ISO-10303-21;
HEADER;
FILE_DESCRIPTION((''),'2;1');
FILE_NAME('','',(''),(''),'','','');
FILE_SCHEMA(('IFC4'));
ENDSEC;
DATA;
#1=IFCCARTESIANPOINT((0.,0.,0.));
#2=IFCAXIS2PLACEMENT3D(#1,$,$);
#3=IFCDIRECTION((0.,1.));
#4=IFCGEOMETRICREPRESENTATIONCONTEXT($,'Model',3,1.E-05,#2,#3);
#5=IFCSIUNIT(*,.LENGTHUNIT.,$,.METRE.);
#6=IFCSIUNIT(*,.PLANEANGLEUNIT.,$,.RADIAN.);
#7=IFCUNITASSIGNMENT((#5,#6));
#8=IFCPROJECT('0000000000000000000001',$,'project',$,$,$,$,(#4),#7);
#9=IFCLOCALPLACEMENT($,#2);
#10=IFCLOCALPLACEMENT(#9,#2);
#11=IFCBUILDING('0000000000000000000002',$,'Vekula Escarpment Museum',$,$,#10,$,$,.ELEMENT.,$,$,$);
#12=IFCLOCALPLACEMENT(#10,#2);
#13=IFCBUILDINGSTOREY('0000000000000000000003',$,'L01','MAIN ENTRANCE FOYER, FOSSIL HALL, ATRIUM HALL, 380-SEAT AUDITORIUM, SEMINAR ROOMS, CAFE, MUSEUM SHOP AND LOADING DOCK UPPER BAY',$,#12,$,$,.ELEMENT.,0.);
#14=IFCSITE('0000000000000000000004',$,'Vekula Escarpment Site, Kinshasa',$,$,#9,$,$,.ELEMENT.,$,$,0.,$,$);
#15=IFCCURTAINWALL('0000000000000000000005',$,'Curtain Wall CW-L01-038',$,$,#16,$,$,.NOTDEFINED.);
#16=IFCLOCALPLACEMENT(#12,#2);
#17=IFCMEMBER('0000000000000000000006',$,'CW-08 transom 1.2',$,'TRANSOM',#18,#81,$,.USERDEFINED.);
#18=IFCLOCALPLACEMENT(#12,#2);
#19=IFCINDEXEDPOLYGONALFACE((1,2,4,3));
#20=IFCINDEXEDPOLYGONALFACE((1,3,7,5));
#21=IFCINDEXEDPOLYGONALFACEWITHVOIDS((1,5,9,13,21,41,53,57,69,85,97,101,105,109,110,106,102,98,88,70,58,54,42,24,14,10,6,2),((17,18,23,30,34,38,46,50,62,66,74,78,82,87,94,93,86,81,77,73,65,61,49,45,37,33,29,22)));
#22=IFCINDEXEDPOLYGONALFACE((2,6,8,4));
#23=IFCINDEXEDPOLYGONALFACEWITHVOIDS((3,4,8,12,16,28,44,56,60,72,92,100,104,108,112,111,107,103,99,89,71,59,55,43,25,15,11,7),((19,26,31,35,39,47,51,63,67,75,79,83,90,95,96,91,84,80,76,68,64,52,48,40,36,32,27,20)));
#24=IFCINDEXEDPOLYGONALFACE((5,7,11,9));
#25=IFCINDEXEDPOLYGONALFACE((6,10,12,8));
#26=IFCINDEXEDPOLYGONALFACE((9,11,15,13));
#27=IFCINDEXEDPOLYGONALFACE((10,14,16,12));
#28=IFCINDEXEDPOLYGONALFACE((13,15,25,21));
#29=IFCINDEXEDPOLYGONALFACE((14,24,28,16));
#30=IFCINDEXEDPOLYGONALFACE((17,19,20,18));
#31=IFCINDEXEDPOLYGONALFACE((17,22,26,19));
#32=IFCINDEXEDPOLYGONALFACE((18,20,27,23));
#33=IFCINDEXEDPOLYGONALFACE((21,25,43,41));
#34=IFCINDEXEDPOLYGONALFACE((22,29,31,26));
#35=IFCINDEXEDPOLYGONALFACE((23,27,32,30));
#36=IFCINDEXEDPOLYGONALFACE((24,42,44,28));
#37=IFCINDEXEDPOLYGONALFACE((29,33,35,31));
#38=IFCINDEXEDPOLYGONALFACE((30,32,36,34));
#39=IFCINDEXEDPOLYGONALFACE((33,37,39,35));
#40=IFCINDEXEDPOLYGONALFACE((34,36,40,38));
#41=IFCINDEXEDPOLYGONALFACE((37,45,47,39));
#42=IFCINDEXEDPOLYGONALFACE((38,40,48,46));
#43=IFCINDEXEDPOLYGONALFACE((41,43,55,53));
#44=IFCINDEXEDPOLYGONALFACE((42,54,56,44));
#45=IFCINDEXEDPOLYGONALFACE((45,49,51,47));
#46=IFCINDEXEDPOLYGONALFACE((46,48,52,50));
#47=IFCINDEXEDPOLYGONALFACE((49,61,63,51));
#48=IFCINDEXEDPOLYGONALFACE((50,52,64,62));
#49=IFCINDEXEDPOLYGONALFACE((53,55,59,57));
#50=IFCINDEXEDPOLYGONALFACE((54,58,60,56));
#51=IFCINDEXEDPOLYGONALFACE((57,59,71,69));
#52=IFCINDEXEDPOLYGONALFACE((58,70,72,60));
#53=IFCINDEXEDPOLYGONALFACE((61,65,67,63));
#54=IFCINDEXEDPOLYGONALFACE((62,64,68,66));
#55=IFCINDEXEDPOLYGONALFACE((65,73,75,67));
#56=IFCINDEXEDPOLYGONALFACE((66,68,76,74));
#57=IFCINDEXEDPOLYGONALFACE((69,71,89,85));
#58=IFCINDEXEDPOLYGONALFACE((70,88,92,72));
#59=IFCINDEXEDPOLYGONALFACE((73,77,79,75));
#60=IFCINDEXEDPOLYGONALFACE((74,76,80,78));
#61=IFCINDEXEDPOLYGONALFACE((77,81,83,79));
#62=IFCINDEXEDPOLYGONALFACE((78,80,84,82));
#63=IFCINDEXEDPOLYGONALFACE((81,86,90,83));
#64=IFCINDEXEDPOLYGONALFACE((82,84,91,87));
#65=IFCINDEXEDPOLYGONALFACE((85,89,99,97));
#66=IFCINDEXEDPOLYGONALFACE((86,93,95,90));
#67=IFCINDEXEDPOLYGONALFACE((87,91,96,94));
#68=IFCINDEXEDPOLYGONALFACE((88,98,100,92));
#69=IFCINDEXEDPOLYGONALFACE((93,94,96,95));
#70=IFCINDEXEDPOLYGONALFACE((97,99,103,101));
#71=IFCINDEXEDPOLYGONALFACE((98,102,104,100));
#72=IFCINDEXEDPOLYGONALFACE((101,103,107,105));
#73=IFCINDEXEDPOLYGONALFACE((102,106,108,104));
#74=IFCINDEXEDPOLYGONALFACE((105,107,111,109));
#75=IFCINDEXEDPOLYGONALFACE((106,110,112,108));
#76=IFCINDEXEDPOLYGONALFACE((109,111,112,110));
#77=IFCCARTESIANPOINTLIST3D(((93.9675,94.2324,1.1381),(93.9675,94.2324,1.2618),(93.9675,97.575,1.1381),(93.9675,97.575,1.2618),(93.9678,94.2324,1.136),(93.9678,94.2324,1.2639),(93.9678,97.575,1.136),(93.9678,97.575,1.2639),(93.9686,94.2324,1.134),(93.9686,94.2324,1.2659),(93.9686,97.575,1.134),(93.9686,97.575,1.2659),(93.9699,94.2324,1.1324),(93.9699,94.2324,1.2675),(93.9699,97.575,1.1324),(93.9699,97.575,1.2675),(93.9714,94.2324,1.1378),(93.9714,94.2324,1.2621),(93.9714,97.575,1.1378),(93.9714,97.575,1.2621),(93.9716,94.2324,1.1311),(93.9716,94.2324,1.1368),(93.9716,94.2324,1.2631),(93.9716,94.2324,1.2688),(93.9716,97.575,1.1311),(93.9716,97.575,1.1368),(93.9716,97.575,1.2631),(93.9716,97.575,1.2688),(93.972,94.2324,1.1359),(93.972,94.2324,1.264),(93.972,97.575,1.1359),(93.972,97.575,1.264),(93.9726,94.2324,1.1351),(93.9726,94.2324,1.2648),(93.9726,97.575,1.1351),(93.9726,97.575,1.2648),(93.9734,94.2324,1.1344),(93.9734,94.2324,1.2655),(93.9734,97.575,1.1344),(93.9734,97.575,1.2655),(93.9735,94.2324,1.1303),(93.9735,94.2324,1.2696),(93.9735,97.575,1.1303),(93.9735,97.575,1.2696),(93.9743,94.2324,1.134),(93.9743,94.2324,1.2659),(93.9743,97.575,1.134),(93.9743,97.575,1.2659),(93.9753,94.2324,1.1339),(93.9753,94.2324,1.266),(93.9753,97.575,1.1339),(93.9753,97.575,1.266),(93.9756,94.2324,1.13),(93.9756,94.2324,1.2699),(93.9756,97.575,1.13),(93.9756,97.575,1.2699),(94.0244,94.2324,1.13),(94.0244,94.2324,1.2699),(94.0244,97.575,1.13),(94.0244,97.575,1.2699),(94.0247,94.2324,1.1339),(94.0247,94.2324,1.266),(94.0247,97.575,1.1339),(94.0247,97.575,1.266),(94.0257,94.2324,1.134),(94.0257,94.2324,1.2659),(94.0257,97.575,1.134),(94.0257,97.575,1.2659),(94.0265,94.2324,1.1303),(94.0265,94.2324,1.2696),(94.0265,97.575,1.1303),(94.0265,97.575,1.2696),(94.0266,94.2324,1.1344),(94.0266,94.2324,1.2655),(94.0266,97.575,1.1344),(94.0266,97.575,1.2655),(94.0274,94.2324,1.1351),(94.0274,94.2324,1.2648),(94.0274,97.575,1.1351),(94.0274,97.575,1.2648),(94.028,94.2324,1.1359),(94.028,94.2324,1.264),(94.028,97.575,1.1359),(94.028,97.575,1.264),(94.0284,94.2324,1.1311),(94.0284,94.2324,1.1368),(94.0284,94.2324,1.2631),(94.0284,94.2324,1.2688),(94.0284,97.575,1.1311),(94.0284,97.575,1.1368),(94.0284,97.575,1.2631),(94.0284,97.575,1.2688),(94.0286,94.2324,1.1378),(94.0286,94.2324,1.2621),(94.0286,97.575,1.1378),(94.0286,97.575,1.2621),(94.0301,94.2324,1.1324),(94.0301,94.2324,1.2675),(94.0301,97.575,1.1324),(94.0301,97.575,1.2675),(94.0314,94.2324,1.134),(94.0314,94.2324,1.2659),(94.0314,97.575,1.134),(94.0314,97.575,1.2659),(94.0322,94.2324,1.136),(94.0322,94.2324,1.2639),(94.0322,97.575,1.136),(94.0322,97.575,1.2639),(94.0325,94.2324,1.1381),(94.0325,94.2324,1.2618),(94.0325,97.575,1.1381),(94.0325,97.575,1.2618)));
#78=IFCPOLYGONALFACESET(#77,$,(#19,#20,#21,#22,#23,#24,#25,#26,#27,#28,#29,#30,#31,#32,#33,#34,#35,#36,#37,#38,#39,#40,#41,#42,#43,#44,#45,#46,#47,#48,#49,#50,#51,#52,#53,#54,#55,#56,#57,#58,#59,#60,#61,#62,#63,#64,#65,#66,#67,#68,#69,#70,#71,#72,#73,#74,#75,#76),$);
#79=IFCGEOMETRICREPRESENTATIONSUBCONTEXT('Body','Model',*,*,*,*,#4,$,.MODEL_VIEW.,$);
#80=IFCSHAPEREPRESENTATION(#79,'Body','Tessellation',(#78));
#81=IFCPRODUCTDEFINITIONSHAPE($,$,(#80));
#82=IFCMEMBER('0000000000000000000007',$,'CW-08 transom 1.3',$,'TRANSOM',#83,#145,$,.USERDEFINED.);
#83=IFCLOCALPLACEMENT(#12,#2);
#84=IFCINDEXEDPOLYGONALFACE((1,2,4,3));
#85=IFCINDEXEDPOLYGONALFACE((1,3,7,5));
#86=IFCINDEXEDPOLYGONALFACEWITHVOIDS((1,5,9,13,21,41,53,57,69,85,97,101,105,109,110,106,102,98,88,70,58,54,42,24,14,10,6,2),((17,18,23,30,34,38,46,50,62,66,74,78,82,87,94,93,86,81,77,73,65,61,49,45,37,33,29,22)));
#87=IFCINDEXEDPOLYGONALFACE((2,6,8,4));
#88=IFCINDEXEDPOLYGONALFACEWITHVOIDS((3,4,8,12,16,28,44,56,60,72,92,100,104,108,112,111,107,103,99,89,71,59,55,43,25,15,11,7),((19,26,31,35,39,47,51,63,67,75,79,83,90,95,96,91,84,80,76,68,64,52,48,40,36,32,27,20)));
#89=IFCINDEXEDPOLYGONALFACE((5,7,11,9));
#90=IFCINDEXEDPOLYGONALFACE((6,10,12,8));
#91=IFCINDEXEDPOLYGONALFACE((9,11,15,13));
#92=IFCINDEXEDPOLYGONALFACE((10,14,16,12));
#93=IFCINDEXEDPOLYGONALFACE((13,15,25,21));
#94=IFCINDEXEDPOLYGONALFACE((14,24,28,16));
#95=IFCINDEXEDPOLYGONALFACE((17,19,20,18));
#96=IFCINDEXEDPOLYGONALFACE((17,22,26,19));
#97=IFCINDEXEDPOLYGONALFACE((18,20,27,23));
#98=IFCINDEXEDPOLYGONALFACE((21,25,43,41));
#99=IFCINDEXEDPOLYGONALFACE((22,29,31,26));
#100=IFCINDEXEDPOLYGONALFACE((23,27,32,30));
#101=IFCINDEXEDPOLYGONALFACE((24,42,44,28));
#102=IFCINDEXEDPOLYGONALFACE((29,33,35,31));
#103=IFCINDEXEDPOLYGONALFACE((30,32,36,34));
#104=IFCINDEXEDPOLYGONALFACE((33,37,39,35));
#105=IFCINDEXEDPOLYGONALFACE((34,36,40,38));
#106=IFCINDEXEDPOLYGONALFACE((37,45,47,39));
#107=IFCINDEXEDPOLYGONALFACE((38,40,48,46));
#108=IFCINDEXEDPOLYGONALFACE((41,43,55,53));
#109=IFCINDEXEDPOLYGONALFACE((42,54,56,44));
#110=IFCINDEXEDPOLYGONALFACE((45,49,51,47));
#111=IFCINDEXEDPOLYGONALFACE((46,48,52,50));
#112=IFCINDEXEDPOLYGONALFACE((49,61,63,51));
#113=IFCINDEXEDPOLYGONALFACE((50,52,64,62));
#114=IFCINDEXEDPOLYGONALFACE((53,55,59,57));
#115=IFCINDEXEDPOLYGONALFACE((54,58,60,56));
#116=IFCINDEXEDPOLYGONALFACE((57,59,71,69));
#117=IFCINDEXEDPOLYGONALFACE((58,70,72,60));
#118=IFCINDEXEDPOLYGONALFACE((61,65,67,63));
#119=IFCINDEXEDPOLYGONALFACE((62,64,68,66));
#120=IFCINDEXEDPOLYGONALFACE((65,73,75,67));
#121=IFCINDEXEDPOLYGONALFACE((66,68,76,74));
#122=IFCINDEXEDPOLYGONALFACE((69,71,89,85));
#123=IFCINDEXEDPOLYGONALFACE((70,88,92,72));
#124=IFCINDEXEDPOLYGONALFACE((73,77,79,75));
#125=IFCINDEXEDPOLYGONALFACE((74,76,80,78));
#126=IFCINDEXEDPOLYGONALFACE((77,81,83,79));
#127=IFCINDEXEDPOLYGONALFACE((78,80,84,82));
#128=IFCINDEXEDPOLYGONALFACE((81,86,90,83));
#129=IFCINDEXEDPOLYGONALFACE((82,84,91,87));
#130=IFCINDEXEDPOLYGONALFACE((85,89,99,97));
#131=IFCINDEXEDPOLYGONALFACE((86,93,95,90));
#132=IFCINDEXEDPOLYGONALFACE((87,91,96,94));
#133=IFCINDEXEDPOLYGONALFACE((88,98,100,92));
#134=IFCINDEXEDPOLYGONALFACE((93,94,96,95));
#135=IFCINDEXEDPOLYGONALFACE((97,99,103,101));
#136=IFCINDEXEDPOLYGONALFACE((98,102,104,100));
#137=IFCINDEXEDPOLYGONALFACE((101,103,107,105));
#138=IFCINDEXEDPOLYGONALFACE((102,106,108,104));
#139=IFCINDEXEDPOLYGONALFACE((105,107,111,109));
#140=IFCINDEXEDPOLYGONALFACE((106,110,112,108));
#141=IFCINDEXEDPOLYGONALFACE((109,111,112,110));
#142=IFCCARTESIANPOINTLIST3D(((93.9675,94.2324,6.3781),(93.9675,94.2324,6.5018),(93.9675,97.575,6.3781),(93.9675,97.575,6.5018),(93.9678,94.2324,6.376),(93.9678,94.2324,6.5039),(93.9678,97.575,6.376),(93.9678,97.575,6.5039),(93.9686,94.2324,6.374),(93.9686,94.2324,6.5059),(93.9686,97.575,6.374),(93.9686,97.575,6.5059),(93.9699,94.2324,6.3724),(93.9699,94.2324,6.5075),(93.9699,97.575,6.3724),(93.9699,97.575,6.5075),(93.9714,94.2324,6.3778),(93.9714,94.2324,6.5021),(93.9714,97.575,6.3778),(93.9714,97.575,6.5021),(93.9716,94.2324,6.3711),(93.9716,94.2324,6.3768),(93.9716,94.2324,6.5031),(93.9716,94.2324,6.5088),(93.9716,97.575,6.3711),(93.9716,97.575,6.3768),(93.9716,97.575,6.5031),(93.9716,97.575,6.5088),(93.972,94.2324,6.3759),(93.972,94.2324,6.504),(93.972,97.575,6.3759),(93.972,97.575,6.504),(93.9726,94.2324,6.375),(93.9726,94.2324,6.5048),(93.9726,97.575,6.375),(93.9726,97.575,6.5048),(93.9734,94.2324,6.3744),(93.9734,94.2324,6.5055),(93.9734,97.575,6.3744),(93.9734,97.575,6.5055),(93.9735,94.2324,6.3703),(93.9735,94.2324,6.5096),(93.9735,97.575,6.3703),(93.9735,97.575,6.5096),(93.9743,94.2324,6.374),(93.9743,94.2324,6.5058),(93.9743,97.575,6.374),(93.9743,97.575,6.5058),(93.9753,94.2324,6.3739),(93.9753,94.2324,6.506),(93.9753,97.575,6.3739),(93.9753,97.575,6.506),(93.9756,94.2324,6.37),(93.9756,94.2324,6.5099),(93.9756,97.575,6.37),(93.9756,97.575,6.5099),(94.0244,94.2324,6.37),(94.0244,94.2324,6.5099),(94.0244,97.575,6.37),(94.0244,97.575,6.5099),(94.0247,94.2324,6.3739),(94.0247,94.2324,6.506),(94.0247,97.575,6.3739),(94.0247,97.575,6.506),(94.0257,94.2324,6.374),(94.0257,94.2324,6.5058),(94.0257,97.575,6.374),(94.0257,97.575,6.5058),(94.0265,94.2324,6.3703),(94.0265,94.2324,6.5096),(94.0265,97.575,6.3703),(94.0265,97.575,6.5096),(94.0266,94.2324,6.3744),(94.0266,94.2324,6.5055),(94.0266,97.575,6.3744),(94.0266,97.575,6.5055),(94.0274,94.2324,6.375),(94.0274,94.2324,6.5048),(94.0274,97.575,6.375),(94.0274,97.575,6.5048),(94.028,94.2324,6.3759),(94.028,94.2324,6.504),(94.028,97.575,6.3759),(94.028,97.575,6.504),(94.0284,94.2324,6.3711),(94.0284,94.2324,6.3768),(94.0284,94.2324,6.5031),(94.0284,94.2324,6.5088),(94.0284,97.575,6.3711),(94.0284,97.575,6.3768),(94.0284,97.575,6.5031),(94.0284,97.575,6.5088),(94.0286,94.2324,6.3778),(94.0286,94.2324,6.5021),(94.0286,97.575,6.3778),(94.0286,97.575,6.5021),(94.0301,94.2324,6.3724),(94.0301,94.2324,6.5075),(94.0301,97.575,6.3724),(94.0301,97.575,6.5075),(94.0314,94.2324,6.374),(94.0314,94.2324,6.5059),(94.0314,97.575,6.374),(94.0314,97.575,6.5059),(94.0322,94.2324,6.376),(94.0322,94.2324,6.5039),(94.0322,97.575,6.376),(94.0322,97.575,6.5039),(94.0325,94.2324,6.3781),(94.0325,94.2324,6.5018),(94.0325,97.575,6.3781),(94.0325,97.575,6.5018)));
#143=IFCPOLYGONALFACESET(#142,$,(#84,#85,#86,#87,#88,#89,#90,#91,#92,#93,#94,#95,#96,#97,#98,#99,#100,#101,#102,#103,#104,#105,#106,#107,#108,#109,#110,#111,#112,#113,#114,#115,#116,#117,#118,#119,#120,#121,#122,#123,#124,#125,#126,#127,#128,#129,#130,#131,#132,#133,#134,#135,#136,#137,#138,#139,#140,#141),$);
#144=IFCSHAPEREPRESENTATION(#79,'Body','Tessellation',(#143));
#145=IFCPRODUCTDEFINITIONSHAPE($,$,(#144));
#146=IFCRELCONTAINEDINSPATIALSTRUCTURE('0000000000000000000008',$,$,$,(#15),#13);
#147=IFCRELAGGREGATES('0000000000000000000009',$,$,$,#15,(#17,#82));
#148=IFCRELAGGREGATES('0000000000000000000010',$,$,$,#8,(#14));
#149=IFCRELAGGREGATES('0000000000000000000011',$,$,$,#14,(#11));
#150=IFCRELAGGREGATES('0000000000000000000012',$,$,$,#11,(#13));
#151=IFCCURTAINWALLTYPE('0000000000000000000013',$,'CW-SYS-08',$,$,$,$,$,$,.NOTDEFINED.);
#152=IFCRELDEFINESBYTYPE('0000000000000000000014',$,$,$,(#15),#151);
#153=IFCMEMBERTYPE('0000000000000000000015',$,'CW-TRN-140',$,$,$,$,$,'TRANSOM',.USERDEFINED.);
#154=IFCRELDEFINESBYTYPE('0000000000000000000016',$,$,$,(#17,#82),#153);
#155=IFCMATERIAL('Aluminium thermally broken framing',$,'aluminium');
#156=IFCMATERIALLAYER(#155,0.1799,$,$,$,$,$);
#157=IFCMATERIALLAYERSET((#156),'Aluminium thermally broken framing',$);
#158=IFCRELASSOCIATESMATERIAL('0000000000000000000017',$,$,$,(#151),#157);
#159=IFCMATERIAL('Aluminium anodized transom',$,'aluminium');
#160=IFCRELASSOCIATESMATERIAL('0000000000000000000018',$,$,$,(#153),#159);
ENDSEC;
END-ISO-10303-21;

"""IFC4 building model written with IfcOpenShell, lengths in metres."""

from ifc_helpers import new_model, si_unit, direction, frame, origin, origin_2d, place, context, subcontext, project, spatial, hollow_rectangle, extrude, material, layer, layer_set, material_profile, profile_set, type_object, element, aggregate, save


model = new_model("IFC4")

# Units and contexts
model_context = context("Model", 3, precision=1e-05, world=origin(), true_north=direction((0.0, 1.0)))
body_context = subcontext(model_context, "Body", "Model", "MODEL_VIEW")
ifc_project = project(units=[si_unit("LENGTHUNIT", "METRE"), si_unit("PLANEANGLEUNIT", "RADIAN")], contexts=[model_context])

# Site, building, storey
site_placement = place(None, origin())
site = spatial("IfcSite", under=ifc_project, at=site_placement, Name="Vekula Escarpment Site, Kinshasa", CompositionType="ELEMENT", RefElevation=0.0)
building_placement = place(site_placement, origin())
building = spatial("IfcBuilding", under=site, at=building_placement, Name="Vekula Escarpment Museum", CompositionType="ELEMENT")
storey_placement = place(building_placement, origin())
storey = spatial("IfcBuildingStorey", under=building, at=storey_placement, Name="L01", Description="MAIN ENTRANCE FOYER, FOSSIL HALL, ATRIUM HALL, 380-SEAT AUDITORIUM, SEMINAR ROOMS, CAFE, MUSEUM SHOP AND LOADING DOCK UPPER BAY", CompositionType="ELEMENT", Elevation=0.0)

# Curtain wall, members
ifc_material_1 = material(Name="Aluminium thermally broken framing", Category="aluminium")
ifc_layer_1 = layer(ifc_material_1, 0.1799)
ifc_layer_set_1 = layer_set([ifc_layer_1], Name="Aluminium thermally broken framing")
curtain_wall_type_1 = type_object("IfcCurtainWallType", Name="CW-SYS-08", PredefinedType="NOTDEFINED", material=ifc_layer_set_1)
curtain_wall_1_placement = place(storey_placement, origin())
curtain_wall_1 = element("IfcCurtainWall", 1, at=curtain_wall_1_placement, inside=storey, type_object=curtain_wall_type_1, Name="Curtain Wall CW-L01-038", PredefinedType="NOTDEFINED")
ifc_material_2 = material(Name="Aluminium anodized transom", Category="aluminium")
ifc_material_profile_1 = material_profile(ifc_material_2, hollow_rectangle(XDim=0.0649, YDim=0.1399, WallThickness=0.0039, InnerFilletRadius=0.0039, OuterFilletRadius=0.0081, at=origin_2d()), Name="ALU 140x65x4")
ifc_profile_set_1 = profile_set([ifc_material_profile_1], Name="Aluminium anodized transom")
member_type_1 = type_object("IfcMemberType", Name="CW-TRN-140", ElementType="TRANSOM", PredefinedType="USERDEFINED", material=ifc_profile_set_1)
member_1_placement = place(storey_placement, frame((94.0, 97.575, 1.2), z_axis=(0.0, -1.0, 0.0), x_axis=(1.0, 0.0, 0.0)))
member_1 = element("IfcMember", 2, at=member_1_placement, type_object=member_type_1, Name="CW-08 transom 1.2", ObjectType="TRANSOM", PredefinedType="USERDEFINED", context=body_context, shape_type="SweptSolid", body=[
    extrude(hollow_rectangle(XDim=0.0649, YDim=0.1399, WallThickness=0.0039, InnerFilletRadius=0.0039, OuterFilletRadius=0.0081, at=origin_2d()), origin(), (0.0, 0.0, 1.0), 3.3425),
])
member_2_placement = place(storey_placement, frame((94.0, 97.575, 6.4399), z_axis=(0.0, -1.0, 0.0), x_axis=(1.0, 0.0, 0.0)))
member_2 = element("IfcMember", 3, at=member_2_placement, type_object=member_type_1, Name="CW-08 transom 1.3", ObjectType="TRANSOM", PredefinedType="USERDEFINED", context=body_context, shape_type="SweptSolid", body=[
    extrude(hollow_rectangle(XDim=0.0649, YDim=0.1399, WallThickness=0.0039, InnerFilletRadius=0.0039, OuterFilletRadius=0.0081, at=origin_2d()), origin(), (0.0, 0.0, 1.0), 3.3425),
])

aggregate(curtain_wall_1, [member_1, member_2])

save(model, "model.ifc")
